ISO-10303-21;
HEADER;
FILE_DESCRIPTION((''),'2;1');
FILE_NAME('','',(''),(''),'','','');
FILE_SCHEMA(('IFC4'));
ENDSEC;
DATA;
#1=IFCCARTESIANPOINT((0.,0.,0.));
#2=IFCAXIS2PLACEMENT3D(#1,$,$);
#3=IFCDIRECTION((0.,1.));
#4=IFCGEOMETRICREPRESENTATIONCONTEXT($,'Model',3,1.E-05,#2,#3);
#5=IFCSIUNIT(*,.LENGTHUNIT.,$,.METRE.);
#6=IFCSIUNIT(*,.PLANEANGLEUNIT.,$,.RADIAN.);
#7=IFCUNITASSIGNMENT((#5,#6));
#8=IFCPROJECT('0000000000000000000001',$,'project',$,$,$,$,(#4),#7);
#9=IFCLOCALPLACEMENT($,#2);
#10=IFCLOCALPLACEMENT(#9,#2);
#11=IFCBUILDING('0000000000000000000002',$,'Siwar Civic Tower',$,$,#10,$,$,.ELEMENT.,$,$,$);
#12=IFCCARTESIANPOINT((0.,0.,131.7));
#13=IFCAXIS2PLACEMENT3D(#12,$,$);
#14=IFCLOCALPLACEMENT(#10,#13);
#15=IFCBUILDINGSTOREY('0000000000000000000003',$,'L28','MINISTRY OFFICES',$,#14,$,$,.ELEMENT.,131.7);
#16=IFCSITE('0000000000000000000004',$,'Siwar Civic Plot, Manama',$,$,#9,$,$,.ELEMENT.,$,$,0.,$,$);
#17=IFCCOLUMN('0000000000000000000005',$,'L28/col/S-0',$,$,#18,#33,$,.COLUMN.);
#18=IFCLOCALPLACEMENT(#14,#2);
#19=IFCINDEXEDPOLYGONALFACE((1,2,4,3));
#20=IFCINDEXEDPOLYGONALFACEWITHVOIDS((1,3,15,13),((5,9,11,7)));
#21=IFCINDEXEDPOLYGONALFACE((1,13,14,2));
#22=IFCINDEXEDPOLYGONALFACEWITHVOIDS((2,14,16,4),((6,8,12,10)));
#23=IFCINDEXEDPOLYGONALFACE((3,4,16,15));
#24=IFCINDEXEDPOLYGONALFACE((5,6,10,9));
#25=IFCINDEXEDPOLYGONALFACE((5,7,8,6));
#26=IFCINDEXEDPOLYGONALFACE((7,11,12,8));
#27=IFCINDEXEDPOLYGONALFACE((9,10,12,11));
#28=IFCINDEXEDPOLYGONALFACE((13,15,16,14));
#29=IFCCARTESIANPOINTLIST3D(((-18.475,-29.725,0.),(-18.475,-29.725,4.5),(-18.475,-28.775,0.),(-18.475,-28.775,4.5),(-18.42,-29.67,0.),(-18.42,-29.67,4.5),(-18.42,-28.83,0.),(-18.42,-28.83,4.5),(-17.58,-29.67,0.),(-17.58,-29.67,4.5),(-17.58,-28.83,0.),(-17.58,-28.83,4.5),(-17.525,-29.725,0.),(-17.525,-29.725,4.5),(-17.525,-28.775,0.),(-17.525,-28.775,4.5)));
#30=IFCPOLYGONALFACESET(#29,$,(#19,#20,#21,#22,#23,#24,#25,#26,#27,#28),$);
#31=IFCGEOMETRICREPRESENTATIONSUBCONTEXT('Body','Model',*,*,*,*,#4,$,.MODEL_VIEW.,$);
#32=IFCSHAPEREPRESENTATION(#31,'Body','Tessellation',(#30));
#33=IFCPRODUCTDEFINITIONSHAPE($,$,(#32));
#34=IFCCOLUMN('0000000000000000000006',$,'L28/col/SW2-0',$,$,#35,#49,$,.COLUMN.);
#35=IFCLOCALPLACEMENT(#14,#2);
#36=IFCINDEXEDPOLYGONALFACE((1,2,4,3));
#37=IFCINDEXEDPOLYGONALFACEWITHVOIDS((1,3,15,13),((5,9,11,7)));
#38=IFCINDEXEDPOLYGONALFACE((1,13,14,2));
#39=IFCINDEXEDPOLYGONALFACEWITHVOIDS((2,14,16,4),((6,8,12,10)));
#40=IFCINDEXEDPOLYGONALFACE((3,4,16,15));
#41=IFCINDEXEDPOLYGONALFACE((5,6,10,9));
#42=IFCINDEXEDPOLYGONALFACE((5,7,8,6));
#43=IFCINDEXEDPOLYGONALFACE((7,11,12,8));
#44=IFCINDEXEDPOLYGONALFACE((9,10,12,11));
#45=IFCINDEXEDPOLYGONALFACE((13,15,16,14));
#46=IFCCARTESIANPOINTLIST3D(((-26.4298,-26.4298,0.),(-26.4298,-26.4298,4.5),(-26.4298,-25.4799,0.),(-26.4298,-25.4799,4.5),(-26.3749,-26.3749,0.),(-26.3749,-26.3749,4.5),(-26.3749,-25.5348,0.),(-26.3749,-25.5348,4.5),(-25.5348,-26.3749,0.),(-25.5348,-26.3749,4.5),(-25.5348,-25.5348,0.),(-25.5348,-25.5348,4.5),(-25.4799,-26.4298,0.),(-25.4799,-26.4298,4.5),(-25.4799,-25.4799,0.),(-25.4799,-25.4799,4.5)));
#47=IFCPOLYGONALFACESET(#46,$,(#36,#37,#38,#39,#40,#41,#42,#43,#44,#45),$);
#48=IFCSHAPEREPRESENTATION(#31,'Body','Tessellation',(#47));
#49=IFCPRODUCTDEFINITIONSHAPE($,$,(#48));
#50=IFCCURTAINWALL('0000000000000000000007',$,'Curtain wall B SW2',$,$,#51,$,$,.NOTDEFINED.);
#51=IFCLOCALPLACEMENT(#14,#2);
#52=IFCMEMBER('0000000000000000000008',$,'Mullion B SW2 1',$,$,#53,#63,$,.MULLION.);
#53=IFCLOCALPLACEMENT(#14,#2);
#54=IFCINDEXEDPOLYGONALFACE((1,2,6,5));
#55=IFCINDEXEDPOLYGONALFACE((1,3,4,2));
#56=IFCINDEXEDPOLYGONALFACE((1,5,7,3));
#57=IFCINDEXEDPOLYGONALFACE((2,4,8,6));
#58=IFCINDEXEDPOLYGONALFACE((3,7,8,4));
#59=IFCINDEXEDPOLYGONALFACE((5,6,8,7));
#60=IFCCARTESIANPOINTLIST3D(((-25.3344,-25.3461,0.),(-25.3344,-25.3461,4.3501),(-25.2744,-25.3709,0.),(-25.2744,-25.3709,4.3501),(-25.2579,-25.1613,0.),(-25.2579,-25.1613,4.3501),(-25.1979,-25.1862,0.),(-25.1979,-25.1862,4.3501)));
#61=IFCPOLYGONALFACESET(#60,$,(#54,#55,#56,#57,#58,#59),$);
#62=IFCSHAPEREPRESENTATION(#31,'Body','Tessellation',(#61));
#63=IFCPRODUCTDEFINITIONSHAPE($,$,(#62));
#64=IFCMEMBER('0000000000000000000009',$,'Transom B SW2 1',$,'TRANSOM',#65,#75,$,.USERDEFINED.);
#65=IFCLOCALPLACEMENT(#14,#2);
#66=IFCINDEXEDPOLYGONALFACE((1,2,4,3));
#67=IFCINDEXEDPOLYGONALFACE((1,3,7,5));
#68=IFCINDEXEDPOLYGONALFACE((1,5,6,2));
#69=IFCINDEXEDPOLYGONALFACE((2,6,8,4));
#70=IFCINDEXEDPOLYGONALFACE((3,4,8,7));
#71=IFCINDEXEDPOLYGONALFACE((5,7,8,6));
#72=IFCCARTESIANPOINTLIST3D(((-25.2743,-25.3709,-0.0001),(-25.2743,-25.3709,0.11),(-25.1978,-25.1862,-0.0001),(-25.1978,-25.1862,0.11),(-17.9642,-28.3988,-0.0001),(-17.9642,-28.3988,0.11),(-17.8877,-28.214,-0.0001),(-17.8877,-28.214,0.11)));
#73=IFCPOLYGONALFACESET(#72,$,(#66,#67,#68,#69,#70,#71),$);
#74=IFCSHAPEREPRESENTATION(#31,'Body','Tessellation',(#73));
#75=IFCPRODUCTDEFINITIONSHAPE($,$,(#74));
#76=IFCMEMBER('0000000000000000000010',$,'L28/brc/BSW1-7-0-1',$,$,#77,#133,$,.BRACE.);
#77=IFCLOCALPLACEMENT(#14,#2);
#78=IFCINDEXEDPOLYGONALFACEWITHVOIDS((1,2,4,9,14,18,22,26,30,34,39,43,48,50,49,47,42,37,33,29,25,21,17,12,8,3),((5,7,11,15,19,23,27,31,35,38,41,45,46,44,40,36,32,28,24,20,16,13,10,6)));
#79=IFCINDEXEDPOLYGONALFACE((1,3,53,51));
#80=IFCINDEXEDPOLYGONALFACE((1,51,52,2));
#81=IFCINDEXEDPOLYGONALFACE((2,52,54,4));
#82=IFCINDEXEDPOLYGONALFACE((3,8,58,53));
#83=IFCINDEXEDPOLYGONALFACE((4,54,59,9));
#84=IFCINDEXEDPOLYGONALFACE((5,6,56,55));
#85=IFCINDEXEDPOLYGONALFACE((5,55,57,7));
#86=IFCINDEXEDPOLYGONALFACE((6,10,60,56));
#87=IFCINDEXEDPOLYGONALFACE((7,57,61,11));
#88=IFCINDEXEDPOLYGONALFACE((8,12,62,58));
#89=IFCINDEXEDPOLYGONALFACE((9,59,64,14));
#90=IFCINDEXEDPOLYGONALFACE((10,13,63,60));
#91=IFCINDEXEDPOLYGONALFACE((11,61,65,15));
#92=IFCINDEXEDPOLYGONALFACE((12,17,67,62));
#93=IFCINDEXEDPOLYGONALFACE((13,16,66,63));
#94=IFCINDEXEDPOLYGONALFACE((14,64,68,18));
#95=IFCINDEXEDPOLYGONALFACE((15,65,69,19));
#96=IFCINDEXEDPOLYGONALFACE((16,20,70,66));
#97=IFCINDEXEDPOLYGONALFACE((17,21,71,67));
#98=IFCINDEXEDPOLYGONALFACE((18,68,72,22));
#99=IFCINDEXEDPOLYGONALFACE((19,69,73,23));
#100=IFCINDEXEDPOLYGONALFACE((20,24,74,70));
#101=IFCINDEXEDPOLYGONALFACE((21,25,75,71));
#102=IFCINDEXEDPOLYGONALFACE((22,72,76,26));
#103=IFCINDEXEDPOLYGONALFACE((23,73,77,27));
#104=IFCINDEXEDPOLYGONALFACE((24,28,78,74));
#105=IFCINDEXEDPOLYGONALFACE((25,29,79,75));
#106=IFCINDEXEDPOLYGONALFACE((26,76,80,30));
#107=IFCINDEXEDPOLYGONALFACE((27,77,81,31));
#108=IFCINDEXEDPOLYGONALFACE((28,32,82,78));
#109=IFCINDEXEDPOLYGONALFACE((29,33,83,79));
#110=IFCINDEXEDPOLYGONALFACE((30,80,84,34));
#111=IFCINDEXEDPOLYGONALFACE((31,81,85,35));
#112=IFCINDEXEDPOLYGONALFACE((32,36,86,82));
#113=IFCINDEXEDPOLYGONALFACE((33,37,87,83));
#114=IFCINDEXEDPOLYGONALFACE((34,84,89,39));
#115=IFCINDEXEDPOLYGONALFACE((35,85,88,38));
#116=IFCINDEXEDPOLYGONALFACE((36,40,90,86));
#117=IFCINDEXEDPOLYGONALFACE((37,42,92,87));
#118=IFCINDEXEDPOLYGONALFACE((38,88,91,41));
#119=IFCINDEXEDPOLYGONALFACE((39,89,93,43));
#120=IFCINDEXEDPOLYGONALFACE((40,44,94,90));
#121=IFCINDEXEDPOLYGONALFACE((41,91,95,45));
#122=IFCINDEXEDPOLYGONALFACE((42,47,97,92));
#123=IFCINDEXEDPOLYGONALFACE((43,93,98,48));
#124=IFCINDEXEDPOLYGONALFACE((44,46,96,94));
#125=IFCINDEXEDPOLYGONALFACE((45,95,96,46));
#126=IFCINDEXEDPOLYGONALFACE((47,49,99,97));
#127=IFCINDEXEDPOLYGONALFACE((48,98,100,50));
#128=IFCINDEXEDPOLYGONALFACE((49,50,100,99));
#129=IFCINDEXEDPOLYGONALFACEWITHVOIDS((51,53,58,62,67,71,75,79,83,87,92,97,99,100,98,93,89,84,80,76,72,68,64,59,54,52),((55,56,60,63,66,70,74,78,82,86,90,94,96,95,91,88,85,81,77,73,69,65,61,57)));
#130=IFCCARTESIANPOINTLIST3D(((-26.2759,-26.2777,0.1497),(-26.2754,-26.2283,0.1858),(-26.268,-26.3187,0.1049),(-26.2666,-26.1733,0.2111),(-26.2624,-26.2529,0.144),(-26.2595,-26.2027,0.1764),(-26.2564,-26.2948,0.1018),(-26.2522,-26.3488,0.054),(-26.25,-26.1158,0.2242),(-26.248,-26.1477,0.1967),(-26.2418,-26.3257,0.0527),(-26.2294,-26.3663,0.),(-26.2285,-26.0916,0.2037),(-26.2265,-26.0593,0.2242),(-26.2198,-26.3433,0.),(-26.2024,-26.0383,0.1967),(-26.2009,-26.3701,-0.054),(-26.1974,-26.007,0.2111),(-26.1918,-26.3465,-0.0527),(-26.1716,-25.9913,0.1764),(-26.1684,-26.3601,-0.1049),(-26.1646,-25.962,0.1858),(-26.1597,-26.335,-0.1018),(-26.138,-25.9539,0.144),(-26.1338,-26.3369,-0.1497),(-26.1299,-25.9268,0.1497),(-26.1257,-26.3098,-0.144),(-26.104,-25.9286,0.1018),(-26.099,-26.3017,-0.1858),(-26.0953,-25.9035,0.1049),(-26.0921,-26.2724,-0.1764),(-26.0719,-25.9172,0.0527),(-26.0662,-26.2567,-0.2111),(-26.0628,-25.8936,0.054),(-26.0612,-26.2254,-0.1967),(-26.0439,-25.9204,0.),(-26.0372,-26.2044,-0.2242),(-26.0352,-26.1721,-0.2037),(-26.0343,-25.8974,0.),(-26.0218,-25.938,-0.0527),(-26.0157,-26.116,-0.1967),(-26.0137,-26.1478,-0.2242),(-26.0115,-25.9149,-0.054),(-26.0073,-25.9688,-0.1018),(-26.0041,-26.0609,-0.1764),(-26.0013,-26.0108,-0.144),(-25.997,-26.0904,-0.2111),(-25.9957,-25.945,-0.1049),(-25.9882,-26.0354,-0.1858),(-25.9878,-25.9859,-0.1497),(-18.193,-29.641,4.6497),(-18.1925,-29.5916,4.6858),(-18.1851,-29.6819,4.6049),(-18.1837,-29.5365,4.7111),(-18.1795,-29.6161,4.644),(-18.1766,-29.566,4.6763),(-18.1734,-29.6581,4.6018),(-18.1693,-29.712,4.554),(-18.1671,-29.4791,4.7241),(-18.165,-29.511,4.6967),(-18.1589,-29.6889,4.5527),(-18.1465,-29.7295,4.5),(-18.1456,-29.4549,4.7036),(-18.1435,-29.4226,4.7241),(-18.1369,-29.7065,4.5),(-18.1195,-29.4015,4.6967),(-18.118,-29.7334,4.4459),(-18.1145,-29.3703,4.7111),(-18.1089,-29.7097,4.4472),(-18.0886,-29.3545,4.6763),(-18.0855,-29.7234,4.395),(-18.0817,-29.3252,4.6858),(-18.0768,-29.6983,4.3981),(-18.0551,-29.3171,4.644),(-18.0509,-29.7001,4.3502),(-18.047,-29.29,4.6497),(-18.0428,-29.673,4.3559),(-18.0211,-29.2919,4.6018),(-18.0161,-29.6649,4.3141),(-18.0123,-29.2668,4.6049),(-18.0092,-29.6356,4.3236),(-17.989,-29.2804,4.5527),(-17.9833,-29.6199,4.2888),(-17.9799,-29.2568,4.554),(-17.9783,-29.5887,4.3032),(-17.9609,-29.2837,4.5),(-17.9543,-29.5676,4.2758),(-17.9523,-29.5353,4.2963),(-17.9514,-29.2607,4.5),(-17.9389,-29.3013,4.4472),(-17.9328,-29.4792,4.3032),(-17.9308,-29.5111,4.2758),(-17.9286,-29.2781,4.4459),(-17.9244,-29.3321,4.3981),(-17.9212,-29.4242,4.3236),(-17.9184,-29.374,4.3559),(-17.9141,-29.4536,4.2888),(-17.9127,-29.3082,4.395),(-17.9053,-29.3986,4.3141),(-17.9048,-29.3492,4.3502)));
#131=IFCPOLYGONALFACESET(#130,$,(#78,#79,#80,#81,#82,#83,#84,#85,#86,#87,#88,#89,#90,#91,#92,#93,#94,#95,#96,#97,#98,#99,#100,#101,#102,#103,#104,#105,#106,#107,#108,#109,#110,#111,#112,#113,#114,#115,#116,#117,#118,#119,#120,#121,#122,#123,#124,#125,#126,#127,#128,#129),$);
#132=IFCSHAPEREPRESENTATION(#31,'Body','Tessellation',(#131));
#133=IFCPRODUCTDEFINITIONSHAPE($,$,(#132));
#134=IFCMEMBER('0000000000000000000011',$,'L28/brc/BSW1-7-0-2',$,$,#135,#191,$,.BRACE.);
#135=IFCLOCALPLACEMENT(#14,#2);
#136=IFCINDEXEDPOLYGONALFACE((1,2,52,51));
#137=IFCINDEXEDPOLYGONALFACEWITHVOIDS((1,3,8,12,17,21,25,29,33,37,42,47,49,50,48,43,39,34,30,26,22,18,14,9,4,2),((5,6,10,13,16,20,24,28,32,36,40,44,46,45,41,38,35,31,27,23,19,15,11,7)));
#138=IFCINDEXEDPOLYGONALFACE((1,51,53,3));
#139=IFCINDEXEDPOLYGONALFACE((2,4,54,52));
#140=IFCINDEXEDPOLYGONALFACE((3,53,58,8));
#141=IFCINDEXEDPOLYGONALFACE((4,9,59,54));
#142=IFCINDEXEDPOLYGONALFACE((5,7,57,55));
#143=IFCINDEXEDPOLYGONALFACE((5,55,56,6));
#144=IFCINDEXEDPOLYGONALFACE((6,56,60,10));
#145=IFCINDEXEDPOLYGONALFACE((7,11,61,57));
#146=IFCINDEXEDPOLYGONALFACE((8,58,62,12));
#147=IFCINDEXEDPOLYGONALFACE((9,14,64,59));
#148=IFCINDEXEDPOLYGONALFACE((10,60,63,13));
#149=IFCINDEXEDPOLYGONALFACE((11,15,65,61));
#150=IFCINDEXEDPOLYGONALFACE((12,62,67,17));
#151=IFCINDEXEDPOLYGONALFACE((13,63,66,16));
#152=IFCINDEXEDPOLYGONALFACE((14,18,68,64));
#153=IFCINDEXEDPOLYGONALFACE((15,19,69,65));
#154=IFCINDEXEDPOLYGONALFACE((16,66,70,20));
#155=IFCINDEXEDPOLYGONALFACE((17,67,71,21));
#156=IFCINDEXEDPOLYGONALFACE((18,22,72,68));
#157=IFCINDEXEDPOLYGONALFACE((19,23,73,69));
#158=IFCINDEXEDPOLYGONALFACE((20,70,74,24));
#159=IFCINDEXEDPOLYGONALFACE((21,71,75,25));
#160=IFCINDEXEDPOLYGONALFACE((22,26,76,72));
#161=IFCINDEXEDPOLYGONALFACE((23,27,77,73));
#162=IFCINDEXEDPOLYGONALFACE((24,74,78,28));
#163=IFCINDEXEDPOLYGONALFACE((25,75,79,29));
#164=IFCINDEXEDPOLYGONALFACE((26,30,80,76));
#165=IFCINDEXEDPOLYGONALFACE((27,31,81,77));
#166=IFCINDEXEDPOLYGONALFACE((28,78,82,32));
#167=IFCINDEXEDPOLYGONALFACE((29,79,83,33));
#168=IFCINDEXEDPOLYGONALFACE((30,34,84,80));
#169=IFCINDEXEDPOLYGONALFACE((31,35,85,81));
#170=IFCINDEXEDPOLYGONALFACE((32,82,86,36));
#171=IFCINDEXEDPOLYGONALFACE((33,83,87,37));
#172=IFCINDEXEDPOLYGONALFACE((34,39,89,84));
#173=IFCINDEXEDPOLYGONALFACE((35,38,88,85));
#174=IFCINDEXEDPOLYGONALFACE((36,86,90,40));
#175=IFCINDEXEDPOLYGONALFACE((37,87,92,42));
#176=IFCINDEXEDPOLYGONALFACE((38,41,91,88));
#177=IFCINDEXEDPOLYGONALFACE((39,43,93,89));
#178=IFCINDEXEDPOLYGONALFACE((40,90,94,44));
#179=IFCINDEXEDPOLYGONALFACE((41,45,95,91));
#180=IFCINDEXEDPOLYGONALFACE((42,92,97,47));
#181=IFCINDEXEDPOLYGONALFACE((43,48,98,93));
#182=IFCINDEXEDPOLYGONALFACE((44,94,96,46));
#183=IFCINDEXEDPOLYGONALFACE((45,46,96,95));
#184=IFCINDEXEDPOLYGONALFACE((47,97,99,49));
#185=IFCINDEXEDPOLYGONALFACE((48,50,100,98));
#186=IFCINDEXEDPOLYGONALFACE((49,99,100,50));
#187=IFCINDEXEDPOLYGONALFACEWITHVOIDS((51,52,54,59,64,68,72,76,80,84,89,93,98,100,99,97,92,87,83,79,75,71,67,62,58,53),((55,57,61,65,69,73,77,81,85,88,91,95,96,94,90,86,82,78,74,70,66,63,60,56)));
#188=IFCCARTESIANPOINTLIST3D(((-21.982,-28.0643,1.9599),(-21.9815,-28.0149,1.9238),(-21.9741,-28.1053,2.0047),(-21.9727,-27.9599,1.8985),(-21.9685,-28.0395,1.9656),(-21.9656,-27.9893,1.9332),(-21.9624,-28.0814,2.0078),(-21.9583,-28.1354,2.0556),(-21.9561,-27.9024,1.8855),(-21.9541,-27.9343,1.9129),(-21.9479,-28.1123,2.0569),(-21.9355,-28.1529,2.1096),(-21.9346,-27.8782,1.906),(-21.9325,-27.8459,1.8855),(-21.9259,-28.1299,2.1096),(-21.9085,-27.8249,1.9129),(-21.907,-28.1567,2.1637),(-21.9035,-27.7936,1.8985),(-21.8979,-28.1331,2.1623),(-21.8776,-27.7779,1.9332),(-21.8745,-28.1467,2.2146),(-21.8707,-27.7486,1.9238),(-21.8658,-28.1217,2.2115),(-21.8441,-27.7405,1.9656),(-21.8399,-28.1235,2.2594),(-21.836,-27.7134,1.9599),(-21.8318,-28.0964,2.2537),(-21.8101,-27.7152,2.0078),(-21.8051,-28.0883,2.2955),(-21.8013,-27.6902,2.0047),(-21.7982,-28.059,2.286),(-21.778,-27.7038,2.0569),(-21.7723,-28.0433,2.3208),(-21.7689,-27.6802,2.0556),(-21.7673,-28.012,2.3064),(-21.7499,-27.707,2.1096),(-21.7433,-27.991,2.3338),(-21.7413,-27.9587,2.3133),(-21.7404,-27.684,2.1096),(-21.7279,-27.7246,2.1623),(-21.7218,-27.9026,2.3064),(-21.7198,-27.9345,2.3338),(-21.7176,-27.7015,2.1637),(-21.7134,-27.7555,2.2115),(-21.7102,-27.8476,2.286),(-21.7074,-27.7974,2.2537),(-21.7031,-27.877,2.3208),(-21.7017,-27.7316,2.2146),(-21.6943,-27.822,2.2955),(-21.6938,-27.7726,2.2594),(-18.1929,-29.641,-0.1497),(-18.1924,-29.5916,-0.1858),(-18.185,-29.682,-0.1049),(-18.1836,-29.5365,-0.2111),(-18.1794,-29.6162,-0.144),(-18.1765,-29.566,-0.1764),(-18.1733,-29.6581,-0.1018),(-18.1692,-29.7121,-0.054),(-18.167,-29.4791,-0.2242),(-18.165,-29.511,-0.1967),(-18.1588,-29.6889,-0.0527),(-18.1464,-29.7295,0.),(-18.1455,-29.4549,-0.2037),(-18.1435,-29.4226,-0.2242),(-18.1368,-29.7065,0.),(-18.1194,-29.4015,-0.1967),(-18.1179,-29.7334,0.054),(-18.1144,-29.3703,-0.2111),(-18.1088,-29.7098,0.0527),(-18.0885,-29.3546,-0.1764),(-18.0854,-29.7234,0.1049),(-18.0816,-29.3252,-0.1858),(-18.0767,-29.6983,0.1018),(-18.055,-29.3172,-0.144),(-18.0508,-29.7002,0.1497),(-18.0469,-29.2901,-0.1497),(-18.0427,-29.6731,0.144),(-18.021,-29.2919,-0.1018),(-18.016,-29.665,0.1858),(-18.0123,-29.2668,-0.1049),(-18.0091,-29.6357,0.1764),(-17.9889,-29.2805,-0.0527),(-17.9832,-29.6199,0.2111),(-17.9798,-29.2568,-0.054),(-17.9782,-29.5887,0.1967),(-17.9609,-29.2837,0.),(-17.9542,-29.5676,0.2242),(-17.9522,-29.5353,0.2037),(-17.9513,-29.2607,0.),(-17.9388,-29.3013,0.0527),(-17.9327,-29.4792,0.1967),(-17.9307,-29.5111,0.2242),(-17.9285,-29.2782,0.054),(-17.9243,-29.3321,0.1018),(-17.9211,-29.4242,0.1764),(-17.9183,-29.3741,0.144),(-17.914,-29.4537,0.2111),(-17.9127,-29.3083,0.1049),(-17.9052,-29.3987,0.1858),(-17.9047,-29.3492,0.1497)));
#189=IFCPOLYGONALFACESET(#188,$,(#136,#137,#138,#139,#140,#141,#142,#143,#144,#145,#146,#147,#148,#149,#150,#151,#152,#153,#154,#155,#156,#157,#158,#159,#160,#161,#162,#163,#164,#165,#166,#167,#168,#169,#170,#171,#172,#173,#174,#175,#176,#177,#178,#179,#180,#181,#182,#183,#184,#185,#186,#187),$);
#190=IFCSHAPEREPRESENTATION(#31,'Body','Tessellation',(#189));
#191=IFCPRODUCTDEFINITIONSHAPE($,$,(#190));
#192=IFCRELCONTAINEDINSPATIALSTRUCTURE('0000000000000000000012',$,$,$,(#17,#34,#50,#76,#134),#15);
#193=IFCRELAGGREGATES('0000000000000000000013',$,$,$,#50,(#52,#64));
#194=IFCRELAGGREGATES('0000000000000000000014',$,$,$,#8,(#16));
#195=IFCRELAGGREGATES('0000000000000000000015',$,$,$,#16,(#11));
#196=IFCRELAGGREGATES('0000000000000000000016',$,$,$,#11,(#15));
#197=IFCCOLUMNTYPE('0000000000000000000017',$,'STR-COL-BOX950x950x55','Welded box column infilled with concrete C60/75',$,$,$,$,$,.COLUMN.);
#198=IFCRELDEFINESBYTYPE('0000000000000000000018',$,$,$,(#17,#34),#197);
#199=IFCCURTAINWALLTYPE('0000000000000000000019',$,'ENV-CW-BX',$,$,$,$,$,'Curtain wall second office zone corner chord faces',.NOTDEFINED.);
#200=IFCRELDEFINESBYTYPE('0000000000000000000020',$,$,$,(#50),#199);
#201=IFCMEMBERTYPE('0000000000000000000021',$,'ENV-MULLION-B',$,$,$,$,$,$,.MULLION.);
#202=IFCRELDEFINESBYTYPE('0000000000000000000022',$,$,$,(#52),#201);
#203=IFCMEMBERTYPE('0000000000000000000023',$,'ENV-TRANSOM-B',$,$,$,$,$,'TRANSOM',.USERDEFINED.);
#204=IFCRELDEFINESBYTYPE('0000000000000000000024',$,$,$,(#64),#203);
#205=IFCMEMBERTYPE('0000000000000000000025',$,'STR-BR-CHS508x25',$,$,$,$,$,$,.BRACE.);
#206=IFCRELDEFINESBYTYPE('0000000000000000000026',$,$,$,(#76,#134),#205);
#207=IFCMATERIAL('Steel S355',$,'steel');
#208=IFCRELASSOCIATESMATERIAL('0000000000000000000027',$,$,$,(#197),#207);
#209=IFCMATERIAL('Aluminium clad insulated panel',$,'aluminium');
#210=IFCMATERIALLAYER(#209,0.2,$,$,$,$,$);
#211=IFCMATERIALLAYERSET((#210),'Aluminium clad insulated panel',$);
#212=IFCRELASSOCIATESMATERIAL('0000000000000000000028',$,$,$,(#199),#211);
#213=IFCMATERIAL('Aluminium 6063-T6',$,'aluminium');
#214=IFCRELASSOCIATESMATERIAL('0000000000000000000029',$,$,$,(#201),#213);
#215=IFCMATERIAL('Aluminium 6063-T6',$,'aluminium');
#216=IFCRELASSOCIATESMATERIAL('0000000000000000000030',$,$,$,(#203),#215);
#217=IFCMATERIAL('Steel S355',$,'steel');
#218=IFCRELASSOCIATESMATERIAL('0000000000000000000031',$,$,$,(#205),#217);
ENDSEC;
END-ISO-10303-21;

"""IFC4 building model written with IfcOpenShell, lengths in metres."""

from ifc_helpers import new_model, si_unit, direction, frame, origin, origin_2d, place, context, subcontext, project, spatial, rectangle, hollow_rectangle, hollow_circle, extrude, material, layer, layer_set, material_profile, profile_set, type_object, element, aggregate, save


model = new_model("IFC4")

# Units and contexts
model_context = context("Model", 3, precision=1e-05, world=origin(), true_north=direction((0.0, 1.0)))
body_context = subcontext(model_context, "Body", "Model", "MODEL_VIEW")
ifc_project = project(units=[si_unit("LENGTHUNIT", "METRE"), si_unit("PLANEANGLEUNIT", "RADIAN")], contexts=[model_context])

# Site, building, storey
site_placement = place(None, origin())
site = spatial("IfcSite", under=ifc_project, at=site_placement, Name="Siwar Civic Plot, Manama", CompositionType="ELEMENT", RefElevation=0.0)
building_placement = place(site_placement, origin())
building = spatial("IfcBuilding", under=site, at=building_placement, Name="Siwar Civic Tower", CompositionType="ELEMENT")
storey_placement = place(building_placement, frame((0.0, 0.0, 131.7)))
storey = spatial("IfcBuildingStorey", under=building, at=storey_placement, Name="L28", Description="MINISTRY OFFICES", CompositionType="ELEMENT", Elevation=131.7)

# Columns
ifc_material_1 = material(Name="Steel S355", Category="steel")
ifc_material_profile_1 = material_profile(ifc_material_1, hollow_rectangle(XDim=0.95, YDim=0.95, WallThickness=0.0549, at=origin_2d()), Name="BOX950x950x55")
ifc_profile_set_1 = profile_set([ifc_material_profile_1], Name="Steel S355")
column_type = type_object("IfcColumnType", Name="STR-COL-BOX950x950x55", Description="Welded box column infilled with concrete C60/75", PredefinedType="COLUMN", material=ifc_profile_set_1)
for number, where, z_axis, x_axis, name in (
    (1, (-18.0, -29.25, 0.0), (0.0, 0.0, 1.0), (1.0, 0.0, 0.0), "L28/col/S-0"),
    (2, (-25.9548, -25.9548, 0.0), (0.0, 0.0, 1.0), (1.0, 0.0, 0.0), "L28/col/SW2-0"),
):
    element("IfcColumn", number, at=place(storey_placement, frame(where, z_axis=z_axis, x_axis=x_axis)), inside=storey, type_object=column_type, Name=name, PredefinedType="COLUMN", context=body_context, shape_type="SweptSolid", body=[
        extrude(hollow_rectangle(XDim=0.95, YDim=0.95, WallThickness=0.0549, at=origin_2d()), origin(), (0.0, 0.0, 1.0), 4.5),
    ])

# Curtain wall, members
ifc_material_2 = material(Name="Aluminium clad insulated panel", Category="aluminium")
ifc_layer_1 = layer(ifc_material_2, 0.2)
ifc_layer_set_1 = layer_set([ifc_layer_1], Name="Aluminium clad insulated panel")
curtain_wall_type = type_object("IfcCurtainWallType", Name="ENV-CW-BX", ElementType="Curtain wall second office zone corner chord faces", PredefinedType="NOTDEFINED", material=ifc_layer_set_1)
curtain_wall_1_placement = place(storey_placement, origin())
curtain_wall_1 = element("IfcCurtainWall", 3, at=curtain_wall_1_placement, inside=storey, type_object=curtain_wall_type, Name="Curtain wall B SW2", PredefinedType="NOTDEFINED")
ifc_material_3 = material(Name="Aluminium 6063-T6", Category="aluminium")
ifc_material_profile_2 = material_profile(ifc_material_3, rectangle(XDim=0.2, YDim=0.0649, at=origin_2d()), Name="AL 200x65")
ifc_profile_set_2 = profile_set([ifc_material_profile_2], Name="Aluminium 6063-T6")
member_type_1 = type_object("IfcMemberType", Name="ENV-MULLION-B", PredefinedType="MULLION", material=ifc_profile_set_2)
member_1_placement = place(storey_placement, frame((-25.2661, -25.2661, 0.0), z_axis=(0.0, 0.0, 1.0), x_axis=(0.382683, 0.92388, 0.0)))
member_1 = element("IfcMember", 4, at=member_1_placement, type_object=member_type_1, Name="Mullion B SW2 1", PredefinedType="MULLION", context=body_context, shape_type="SweptSolid", body=[
    extrude(rectangle(XDim=0.2, YDim=0.0649, at=origin_2d()), origin(), (0.0, 0.0, 1.0), 4.3501),
])
ifc_material_4 = material(Name="Aluminium 6063-T6", Category="aluminium")
ifc_material_profile_3 = material_profile(ifc_material_4, rectangle(XDim=0.2, YDim=0.1101, at=origin_2d()), Name="AL 200x110")
ifc_profile_set_3 = profile_set([ifc_material_profile_3], Name="Aluminium 6063-T6")
member_type_2 = type_object("IfcMemberType", Name="ENV-TRANSOM-B", ElementType="TRANSOM", PredefinedType="USERDEFINED", material=ifc_profile_set_3)
member_2_placement = place(storey_placement, frame((-25.2361, -25.2786, 0.0549), z_axis=(0.923884, -0.382673, 0.0), x_axis=(0.382673, 0.923884, 0.0)))
member_2 = element("IfcMember", 5, at=member_2_placement, type_object=member_type_2, Name="Transom B SW2 1", ObjectType="TRANSOM", PredefinedType="USERDEFINED", context=body_context, shape_type="SweptSolid", body=[
    extrude(rectangle(XDim=0.2, YDim=0.1101, at=origin_2d()), origin(), (0.0, 0.0, 1.0), 7.9124),
])

# Members
ifc_material_5 = material(Name="Steel S355", Category="steel")
ifc_material_profile_4 = material_profile(ifc_material_5, hollow_circle(Radius=0.2539, WallThickness=0.0249, at=origin_2d()), Name="CHS508x25")
ifc_profile_set_4 = profile_set([ifc_material_profile_4], Name="Steel S355")
member_type_3 = type_object("IfcMemberType", Name="STR-BR-CHS508x25", PredefinedType="BRACE", material=ifc_profile_set_4)
member_3_placement = place(storey_placement, frame((-26.1318, -26.1318, 0.0), z_axis=(0.821143, -0.341671, 0.457149), x_axis=(0.384164, 0.923265, 0.0)))
element("IfcMember", 6, at=member_3_placement, inside=storey, type_object=member_type_3, Name="L28/brc/BSW1-7-0-1", PredefinedType="BRACE", context=body_context, shape_type="SweptSolid", body=[
    extrude(hollow_circle(Radius=0.2539, WallThickness=0.0249, at=origin_2d()), origin(), (0.0, 0.0, 1.0), 9.8435),
])
for number, where, z_axis, x_axis, name in (
    (7, (-18.0488, -29.4951, 0.0), (-0.821126, 0.341677, 0.457175), (-0.384176, -0.92326, 0.0), "L28/brc/BSW1-7-0-2"),
):
    element("IfcMember", number, at=place(storey_placement, frame(where, z_axis=z_axis, x_axis=x_axis)), inside=storey, type_object=member_type_3, Name=name, PredefinedType="BRACE", context=body_context, shape_type="SweptSolid", body=[
        extrude(hollow_circle(Radius=0.2539, WallThickness=0.0249, at=origin_2d()), origin(), (0.0, 0.0, 1.0), 4.6145),
    ])

aggregate(curtain_wall_1, [member_1, member_2])

save(model, "model.ifc")
